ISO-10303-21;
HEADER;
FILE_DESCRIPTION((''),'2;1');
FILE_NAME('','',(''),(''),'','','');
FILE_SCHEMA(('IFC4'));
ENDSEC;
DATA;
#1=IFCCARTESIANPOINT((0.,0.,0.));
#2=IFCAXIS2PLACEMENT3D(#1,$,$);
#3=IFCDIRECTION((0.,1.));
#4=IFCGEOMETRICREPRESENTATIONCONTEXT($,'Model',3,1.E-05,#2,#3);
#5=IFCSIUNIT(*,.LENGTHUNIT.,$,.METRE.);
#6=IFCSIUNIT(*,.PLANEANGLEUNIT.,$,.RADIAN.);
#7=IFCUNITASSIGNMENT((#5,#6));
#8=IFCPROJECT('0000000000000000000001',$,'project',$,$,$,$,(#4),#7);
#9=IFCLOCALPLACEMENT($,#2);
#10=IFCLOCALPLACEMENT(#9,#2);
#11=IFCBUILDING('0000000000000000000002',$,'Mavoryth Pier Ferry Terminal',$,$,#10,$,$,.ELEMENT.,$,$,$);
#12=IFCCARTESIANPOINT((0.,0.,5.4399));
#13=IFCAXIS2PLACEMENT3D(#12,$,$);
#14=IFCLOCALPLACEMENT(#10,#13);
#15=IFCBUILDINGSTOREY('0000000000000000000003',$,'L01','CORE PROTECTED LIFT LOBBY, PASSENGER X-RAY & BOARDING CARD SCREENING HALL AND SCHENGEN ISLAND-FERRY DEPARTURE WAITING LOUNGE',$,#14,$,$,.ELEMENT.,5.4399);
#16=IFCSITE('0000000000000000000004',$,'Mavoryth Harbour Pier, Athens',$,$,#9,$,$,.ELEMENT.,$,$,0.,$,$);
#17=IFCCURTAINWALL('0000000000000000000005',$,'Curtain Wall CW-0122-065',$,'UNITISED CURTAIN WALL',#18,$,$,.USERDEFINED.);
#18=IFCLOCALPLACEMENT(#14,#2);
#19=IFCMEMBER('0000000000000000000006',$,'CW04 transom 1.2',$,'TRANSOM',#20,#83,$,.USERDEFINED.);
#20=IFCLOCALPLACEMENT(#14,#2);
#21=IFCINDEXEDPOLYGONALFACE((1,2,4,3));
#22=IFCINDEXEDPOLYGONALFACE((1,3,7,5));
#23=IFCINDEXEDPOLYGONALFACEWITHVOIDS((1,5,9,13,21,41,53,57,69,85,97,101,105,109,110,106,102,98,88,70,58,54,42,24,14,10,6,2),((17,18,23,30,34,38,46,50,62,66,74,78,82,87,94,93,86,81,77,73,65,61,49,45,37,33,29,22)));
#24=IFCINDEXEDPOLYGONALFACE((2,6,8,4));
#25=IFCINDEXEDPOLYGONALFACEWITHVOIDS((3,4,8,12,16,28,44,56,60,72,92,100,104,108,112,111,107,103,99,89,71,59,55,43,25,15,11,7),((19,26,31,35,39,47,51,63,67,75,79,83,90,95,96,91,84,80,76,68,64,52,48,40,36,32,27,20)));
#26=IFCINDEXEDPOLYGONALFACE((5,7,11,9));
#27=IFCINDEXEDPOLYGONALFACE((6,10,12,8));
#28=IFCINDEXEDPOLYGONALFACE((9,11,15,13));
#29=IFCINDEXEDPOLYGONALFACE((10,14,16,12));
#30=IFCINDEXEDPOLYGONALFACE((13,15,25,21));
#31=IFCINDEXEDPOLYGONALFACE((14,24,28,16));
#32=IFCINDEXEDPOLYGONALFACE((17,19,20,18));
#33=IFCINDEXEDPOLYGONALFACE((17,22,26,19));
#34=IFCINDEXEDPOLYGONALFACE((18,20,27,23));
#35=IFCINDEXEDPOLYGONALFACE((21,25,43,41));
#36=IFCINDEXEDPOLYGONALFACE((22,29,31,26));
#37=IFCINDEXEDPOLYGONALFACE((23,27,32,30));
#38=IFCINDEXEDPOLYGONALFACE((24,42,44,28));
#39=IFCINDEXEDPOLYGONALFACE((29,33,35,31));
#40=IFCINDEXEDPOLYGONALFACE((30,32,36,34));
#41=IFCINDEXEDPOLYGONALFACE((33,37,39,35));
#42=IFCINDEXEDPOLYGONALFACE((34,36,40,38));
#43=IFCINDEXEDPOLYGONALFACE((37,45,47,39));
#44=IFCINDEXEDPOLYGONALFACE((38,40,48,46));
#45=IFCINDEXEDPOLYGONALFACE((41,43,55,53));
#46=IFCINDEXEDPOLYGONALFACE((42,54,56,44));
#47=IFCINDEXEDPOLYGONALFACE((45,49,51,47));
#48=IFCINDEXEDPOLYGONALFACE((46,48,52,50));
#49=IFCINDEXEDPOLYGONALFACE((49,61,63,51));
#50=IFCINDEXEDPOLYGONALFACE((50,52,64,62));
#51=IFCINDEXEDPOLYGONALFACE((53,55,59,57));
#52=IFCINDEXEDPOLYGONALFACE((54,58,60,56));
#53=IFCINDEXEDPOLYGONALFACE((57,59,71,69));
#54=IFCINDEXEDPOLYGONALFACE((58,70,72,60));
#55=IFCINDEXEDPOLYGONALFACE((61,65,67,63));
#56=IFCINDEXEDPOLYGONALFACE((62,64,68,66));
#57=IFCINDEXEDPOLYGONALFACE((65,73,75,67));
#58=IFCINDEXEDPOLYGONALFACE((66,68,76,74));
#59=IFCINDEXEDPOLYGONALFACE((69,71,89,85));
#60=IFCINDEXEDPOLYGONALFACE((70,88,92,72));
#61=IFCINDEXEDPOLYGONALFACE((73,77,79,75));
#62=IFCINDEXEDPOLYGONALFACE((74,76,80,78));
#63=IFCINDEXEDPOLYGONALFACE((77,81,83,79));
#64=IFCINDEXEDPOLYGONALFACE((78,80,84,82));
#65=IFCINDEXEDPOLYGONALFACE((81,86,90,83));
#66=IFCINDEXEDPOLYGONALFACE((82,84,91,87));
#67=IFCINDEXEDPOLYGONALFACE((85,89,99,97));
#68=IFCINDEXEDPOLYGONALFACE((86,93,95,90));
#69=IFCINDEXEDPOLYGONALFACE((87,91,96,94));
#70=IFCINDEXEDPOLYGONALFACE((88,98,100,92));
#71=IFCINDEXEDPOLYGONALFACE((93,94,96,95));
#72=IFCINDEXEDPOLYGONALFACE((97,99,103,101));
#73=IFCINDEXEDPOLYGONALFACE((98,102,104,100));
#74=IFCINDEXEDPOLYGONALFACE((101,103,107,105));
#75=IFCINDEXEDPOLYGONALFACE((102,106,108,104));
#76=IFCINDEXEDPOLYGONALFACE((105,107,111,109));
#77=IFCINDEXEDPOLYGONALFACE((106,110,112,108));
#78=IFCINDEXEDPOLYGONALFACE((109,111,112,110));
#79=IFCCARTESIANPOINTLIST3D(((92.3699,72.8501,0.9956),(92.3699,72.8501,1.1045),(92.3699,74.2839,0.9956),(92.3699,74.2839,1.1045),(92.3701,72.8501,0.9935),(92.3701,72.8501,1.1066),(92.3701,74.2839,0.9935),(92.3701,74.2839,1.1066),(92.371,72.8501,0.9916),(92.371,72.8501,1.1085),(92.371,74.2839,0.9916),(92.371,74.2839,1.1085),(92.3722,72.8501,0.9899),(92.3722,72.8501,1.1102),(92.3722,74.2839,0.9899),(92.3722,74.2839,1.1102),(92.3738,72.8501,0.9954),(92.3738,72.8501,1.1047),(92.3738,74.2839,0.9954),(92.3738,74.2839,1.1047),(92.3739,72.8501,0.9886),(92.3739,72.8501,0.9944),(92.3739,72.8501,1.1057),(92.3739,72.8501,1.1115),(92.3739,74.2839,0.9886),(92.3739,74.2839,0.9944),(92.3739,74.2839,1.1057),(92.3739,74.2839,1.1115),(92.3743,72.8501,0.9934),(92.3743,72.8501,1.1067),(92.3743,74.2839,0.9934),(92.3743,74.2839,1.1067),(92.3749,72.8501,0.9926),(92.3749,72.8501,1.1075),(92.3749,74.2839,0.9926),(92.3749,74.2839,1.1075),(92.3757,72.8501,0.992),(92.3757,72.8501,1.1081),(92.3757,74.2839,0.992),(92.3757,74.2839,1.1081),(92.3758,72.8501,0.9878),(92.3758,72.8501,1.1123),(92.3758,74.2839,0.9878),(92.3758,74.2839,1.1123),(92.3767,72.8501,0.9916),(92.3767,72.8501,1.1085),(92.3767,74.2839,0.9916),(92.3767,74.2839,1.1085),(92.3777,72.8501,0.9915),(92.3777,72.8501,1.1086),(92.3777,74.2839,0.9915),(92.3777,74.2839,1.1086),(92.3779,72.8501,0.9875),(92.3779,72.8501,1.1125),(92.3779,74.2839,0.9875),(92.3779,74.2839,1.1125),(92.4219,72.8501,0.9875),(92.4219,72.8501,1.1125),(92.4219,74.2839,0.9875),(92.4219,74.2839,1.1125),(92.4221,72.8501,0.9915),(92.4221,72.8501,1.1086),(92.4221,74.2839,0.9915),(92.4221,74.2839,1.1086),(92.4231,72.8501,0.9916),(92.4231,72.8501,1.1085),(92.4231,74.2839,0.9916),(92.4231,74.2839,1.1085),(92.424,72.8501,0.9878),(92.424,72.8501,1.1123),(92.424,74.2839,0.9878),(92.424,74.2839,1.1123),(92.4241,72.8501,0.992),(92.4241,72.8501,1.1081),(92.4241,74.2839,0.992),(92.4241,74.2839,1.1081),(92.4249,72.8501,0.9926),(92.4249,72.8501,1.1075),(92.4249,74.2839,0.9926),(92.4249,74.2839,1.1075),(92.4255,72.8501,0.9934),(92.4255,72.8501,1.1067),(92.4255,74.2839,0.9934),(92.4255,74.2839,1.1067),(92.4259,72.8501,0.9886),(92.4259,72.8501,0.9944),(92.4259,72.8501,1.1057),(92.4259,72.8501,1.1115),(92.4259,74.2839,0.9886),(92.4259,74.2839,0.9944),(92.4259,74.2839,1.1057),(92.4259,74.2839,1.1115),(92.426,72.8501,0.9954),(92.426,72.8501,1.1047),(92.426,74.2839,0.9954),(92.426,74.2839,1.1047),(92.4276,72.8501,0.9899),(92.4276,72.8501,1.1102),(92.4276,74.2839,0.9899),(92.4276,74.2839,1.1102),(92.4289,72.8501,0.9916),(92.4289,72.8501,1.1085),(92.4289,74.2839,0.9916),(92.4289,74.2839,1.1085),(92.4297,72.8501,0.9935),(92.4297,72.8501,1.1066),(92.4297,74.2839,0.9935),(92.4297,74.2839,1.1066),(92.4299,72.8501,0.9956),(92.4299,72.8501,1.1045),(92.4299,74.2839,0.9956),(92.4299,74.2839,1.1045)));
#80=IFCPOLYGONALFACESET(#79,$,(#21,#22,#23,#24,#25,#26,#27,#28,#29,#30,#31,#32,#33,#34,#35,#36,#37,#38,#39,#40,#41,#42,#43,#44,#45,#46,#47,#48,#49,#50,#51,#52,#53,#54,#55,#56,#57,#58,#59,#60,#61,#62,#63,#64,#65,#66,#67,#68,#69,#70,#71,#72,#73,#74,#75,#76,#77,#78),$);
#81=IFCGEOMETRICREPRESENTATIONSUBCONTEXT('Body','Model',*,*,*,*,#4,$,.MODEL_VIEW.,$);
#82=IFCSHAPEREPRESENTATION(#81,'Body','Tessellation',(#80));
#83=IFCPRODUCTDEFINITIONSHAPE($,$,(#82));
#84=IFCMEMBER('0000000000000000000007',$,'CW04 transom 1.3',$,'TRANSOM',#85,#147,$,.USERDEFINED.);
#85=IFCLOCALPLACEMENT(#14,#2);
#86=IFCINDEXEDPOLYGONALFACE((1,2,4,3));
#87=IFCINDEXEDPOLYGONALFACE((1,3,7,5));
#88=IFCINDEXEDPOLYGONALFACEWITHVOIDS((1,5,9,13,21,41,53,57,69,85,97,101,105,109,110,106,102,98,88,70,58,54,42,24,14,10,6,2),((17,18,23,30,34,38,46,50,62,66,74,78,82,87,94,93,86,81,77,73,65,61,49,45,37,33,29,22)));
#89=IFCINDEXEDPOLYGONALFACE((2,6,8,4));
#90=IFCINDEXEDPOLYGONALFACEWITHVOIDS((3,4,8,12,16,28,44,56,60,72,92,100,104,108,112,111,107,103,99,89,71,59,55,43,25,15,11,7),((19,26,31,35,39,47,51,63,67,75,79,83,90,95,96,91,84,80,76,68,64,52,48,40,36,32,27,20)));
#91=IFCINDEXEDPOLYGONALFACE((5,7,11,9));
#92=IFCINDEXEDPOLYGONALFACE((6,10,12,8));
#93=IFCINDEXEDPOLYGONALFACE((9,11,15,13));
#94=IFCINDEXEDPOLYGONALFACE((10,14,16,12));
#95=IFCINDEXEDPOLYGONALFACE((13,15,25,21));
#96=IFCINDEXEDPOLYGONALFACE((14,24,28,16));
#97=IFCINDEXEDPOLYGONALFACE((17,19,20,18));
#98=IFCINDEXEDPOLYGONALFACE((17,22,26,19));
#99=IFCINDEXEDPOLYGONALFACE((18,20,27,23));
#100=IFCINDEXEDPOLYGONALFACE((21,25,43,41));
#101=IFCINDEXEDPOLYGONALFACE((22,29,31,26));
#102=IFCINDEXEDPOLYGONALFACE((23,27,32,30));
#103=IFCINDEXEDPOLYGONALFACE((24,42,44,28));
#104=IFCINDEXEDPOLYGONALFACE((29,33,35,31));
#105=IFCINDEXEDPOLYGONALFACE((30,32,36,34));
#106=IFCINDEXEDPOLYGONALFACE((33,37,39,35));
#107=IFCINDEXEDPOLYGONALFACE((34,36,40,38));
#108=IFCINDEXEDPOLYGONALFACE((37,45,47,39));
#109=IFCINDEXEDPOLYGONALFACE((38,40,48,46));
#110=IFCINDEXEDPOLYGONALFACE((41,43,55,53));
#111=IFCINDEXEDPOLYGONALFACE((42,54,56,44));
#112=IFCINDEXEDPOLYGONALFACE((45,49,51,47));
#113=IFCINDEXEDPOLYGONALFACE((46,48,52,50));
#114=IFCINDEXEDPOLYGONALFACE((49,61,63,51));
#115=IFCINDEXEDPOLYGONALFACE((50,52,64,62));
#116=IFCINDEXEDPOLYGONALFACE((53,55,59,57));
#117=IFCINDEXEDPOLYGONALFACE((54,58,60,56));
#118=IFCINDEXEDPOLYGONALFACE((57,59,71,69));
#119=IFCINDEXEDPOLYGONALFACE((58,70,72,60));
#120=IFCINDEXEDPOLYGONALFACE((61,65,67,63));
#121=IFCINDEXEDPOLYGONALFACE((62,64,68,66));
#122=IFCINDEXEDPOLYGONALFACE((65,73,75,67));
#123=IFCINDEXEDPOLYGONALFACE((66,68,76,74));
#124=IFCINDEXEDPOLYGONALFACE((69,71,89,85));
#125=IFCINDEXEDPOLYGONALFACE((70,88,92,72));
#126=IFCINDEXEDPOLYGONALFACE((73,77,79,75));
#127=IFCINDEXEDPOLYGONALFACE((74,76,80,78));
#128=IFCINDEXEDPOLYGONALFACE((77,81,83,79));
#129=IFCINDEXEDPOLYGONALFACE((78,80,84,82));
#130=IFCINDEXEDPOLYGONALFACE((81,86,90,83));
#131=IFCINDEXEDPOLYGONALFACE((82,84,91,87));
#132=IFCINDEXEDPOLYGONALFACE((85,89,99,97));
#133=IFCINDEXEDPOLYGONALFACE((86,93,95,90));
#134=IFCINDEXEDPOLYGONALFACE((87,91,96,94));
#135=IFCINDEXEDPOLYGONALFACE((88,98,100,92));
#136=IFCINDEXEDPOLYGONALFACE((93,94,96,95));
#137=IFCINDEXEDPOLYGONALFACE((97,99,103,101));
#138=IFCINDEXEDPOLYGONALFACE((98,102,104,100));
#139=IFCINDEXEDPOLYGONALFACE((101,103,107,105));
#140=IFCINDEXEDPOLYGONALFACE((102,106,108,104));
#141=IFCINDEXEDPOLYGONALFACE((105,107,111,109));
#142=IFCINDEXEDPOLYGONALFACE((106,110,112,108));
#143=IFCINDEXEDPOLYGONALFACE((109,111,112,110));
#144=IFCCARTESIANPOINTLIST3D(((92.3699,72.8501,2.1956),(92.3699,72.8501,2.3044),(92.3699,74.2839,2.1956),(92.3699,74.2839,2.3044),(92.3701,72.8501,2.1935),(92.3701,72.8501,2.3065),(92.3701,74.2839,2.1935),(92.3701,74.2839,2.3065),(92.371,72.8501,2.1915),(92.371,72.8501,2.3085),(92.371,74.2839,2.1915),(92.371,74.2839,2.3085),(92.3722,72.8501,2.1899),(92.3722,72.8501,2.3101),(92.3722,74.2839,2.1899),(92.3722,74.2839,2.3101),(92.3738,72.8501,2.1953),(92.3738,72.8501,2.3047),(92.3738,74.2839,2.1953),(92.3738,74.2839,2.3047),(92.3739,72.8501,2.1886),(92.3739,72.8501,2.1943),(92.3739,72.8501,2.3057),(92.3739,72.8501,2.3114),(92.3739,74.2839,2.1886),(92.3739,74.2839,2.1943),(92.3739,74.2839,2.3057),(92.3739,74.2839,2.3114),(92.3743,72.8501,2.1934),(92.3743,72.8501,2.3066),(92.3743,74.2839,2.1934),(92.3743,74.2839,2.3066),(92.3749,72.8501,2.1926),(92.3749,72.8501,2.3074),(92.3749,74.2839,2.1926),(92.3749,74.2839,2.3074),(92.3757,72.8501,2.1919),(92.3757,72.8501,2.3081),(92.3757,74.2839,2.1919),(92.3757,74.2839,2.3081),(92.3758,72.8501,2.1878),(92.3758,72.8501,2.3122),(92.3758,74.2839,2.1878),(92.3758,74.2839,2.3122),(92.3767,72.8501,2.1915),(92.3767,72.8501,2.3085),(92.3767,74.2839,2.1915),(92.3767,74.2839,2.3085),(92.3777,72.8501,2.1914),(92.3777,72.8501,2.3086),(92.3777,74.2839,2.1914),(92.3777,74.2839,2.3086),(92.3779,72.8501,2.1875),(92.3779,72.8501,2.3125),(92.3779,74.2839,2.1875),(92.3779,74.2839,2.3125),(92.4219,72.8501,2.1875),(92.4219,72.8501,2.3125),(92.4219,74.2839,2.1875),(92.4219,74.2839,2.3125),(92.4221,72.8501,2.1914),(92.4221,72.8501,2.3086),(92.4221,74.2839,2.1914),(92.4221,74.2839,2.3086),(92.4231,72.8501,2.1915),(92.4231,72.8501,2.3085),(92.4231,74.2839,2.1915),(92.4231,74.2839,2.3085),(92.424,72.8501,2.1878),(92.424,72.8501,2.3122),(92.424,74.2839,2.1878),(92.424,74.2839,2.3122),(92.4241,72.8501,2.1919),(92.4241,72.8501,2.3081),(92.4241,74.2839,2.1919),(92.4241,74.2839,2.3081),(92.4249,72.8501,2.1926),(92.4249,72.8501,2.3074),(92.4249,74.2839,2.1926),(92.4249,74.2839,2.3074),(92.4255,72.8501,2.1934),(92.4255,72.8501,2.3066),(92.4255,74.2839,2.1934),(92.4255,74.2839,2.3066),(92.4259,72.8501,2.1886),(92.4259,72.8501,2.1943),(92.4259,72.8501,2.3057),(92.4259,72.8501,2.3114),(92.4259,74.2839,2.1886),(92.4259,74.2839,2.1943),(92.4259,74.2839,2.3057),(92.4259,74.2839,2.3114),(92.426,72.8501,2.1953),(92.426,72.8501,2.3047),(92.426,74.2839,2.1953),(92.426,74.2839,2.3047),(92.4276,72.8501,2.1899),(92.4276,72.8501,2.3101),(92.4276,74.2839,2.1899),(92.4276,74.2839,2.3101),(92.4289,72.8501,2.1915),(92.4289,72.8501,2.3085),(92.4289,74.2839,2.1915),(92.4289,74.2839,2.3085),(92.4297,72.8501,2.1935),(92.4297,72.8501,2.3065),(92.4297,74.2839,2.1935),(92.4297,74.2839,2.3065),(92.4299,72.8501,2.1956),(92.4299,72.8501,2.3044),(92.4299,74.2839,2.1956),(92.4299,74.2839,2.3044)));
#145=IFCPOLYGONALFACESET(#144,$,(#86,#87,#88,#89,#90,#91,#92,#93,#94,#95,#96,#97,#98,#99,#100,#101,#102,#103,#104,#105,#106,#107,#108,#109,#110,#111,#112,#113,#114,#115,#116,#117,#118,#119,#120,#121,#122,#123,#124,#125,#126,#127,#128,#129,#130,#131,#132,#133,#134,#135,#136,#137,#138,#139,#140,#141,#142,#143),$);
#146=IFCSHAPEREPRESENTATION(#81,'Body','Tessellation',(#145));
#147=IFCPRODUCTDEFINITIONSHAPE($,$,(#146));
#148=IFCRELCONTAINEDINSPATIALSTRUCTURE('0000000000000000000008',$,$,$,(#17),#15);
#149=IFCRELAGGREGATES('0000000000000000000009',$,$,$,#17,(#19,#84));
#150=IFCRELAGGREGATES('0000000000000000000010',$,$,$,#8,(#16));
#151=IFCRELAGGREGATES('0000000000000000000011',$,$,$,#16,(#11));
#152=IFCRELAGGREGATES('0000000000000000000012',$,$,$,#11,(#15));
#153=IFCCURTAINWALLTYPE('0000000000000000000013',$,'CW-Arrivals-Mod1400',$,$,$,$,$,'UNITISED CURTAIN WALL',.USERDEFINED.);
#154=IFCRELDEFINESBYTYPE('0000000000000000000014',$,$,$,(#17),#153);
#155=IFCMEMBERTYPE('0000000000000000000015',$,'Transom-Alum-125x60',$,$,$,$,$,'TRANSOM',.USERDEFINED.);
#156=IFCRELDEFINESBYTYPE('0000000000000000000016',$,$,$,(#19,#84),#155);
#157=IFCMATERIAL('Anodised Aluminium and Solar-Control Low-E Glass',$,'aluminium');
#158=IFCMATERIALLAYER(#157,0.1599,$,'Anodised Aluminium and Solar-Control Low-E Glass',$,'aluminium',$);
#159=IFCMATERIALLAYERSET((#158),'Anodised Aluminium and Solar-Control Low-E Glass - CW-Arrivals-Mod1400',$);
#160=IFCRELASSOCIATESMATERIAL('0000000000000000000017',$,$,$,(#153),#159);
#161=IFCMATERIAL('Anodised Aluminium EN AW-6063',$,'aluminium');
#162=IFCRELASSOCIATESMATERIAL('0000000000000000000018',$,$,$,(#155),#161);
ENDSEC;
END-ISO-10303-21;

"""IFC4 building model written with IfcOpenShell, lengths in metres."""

from ifc_helpers import new_model, si_unit, direction, frame, origin, origin_2d, place, context, subcontext, project, spatial, hollow_rectangle, extrude, material, layer, layer_set, material_profile, profile_set, type_object, element, aggregate, save


model = new_model("IFC4")

# Units and contexts
model_context = context("Model", 3, precision=1e-05, world=origin(), true_north=direction((0.0, 1.0)))
body_context = subcontext(model_context, "Body", "Model", "MODEL_VIEW")
ifc_project = project(units=[si_unit("LENGTHUNIT", "METRE"), si_unit("PLANEANGLEUNIT", "RADIAN")], contexts=[model_context])

# Site, building, storey
site_placement = place(None, origin())
site = spatial("IfcSite", under=ifc_project, at=site_placement, Name="Mavoryth Harbour Pier, Athens", CompositionType="ELEMENT", RefElevation=0.0)
building_placement = place(site_placement, origin())
building = spatial("IfcBuilding", under=site, at=building_placement, Name="Mavoryth Pier Ferry Terminal", CompositionType="ELEMENT")
storey_placement = place(building_placement, frame((0.0, 0.0, 5.4399)))
storey = spatial("IfcBuildingStorey", under=building, at=storey_placement, Name="L01", Description="CORE PROTECTED LIFT LOBBY, PASSENGER X-RAY & BOARDING CARD SCREENING HALL AND SCHENGEN ISLAND-FERRY DEPARTURE WAITING LOUNGE", CompositionType="ELEMENT", Elevation=5.4399)

# Curtain wall
ifc_material_1 = material(Name="Anodised Aluminium and Solar-Control Low-E Glass", Category="aluminium")
ifc_layer_1 = layer(ifc_material_1, 0.1599, Name="Anodised Aluminium and Solar-Control Low-E Glass", Category="aluminium")
ifc_layer_set_1 = layer_set([ifc_layer_1], Name="Anodised Aluminium and Solar-Control Low-E Glass - CW-Arrivals-Mod1400")
curtain_wall_type = type_object("IfcCurtainWallType", Name="CW-Arrivals-Mod1400", ElementType="UNITISED CURTAIN WALL", PredefinedType="USERDEFINED", material=ifc_layer_set_1)
ifc_material_2 = material(Name="Anodised Aluminium EN AW-6063", Category="aluminium")
curtain_wall_1_placement = place(storey_placement, origin())
curtain_wall_1 = element("IfcCurtainWall", 1, at=curtain_wall_1_placement, inside=storey, type_object=curtain_wall_type, Name="Curtain Wall CW-0122-065", ObjectType="UNITISED CURTAIN WALL", PredefinedType="USERDEFINED")

# Members
ifc_material_profile_1 = material_profile(ifc_material_2, hollow_rectangle(XDim=0.0601, YDim=0.125, WallThickness=0.0039, InnerFilletRadius=0.0039, OuterFilletRadius=0.0081, at=origin_2d()), Name="AL-TRAN 125x60x4", Category="aluminium")
ifc_profile_set_1 = profile_set([ifc_material_profile_1], Name="Anodised Aluminium EN AW-6063 - AL-TRAN 125x60x4")
member_type_1 = type_object("IfcMemberType", Name="Transom-Alum-125x60", ElementType="TRANSOM", PredefinedType="USERDEFINED", material=ifc_profile_set_1)
member_1_placement = place(storey_placement, frame((92.3999, 72.8501, 1.05), z_axis=(0.0, 1.0, 0.0), x_axis=(-1.0, 0.0, 0.0)))
member_1 = element("IfcMember", 2, at=member_1_placement, type_object=member_type_1, Name="CW04 transom 1.2", ObjectType="TRANSOM", PredefinedType="USERDEFINED", context=body_context, shape_type="SweptSolid", body=[
    extrude(hollow_rectangle(XDim=0.0601, YDim=0.125, WallThickness=0.0039, InnerFilletRadius=0.0039, OuterFilletRadius=0.0081, at=origin_2d()), origin(), (0.0, 0.0, 1.0), 1.4338),
])
member_2_placement = place(storey_placement, frame((92.3999, 72.8501, 2.25), z_axis=(0.0, 1.0, 0.0), x_axis=(-1.0, 0.0, 0.0)))
member_2 = element("IfcMember", 3, at=member_2_placement, type_object=member_type_1, Name="CW04 transom 1.3", ObjectType="TRANSOM", PredefinedType="USERDEFINED", context=body_context, shape_type="SweptSolid", body=[
    extrude(hollow_rectangle(XDim=0.0601, YDim=0.125, WallThickness=0.0039, InnerFilletRadius=0.0039, OuterFilletRadius=0.0081, at=origin_2d()), origin(), (0.0, 0.0, 1.0), 1.4338),
])

aggregate(curtain_wall_1, [member_1, member_2])

save(model, "model.ifc")
